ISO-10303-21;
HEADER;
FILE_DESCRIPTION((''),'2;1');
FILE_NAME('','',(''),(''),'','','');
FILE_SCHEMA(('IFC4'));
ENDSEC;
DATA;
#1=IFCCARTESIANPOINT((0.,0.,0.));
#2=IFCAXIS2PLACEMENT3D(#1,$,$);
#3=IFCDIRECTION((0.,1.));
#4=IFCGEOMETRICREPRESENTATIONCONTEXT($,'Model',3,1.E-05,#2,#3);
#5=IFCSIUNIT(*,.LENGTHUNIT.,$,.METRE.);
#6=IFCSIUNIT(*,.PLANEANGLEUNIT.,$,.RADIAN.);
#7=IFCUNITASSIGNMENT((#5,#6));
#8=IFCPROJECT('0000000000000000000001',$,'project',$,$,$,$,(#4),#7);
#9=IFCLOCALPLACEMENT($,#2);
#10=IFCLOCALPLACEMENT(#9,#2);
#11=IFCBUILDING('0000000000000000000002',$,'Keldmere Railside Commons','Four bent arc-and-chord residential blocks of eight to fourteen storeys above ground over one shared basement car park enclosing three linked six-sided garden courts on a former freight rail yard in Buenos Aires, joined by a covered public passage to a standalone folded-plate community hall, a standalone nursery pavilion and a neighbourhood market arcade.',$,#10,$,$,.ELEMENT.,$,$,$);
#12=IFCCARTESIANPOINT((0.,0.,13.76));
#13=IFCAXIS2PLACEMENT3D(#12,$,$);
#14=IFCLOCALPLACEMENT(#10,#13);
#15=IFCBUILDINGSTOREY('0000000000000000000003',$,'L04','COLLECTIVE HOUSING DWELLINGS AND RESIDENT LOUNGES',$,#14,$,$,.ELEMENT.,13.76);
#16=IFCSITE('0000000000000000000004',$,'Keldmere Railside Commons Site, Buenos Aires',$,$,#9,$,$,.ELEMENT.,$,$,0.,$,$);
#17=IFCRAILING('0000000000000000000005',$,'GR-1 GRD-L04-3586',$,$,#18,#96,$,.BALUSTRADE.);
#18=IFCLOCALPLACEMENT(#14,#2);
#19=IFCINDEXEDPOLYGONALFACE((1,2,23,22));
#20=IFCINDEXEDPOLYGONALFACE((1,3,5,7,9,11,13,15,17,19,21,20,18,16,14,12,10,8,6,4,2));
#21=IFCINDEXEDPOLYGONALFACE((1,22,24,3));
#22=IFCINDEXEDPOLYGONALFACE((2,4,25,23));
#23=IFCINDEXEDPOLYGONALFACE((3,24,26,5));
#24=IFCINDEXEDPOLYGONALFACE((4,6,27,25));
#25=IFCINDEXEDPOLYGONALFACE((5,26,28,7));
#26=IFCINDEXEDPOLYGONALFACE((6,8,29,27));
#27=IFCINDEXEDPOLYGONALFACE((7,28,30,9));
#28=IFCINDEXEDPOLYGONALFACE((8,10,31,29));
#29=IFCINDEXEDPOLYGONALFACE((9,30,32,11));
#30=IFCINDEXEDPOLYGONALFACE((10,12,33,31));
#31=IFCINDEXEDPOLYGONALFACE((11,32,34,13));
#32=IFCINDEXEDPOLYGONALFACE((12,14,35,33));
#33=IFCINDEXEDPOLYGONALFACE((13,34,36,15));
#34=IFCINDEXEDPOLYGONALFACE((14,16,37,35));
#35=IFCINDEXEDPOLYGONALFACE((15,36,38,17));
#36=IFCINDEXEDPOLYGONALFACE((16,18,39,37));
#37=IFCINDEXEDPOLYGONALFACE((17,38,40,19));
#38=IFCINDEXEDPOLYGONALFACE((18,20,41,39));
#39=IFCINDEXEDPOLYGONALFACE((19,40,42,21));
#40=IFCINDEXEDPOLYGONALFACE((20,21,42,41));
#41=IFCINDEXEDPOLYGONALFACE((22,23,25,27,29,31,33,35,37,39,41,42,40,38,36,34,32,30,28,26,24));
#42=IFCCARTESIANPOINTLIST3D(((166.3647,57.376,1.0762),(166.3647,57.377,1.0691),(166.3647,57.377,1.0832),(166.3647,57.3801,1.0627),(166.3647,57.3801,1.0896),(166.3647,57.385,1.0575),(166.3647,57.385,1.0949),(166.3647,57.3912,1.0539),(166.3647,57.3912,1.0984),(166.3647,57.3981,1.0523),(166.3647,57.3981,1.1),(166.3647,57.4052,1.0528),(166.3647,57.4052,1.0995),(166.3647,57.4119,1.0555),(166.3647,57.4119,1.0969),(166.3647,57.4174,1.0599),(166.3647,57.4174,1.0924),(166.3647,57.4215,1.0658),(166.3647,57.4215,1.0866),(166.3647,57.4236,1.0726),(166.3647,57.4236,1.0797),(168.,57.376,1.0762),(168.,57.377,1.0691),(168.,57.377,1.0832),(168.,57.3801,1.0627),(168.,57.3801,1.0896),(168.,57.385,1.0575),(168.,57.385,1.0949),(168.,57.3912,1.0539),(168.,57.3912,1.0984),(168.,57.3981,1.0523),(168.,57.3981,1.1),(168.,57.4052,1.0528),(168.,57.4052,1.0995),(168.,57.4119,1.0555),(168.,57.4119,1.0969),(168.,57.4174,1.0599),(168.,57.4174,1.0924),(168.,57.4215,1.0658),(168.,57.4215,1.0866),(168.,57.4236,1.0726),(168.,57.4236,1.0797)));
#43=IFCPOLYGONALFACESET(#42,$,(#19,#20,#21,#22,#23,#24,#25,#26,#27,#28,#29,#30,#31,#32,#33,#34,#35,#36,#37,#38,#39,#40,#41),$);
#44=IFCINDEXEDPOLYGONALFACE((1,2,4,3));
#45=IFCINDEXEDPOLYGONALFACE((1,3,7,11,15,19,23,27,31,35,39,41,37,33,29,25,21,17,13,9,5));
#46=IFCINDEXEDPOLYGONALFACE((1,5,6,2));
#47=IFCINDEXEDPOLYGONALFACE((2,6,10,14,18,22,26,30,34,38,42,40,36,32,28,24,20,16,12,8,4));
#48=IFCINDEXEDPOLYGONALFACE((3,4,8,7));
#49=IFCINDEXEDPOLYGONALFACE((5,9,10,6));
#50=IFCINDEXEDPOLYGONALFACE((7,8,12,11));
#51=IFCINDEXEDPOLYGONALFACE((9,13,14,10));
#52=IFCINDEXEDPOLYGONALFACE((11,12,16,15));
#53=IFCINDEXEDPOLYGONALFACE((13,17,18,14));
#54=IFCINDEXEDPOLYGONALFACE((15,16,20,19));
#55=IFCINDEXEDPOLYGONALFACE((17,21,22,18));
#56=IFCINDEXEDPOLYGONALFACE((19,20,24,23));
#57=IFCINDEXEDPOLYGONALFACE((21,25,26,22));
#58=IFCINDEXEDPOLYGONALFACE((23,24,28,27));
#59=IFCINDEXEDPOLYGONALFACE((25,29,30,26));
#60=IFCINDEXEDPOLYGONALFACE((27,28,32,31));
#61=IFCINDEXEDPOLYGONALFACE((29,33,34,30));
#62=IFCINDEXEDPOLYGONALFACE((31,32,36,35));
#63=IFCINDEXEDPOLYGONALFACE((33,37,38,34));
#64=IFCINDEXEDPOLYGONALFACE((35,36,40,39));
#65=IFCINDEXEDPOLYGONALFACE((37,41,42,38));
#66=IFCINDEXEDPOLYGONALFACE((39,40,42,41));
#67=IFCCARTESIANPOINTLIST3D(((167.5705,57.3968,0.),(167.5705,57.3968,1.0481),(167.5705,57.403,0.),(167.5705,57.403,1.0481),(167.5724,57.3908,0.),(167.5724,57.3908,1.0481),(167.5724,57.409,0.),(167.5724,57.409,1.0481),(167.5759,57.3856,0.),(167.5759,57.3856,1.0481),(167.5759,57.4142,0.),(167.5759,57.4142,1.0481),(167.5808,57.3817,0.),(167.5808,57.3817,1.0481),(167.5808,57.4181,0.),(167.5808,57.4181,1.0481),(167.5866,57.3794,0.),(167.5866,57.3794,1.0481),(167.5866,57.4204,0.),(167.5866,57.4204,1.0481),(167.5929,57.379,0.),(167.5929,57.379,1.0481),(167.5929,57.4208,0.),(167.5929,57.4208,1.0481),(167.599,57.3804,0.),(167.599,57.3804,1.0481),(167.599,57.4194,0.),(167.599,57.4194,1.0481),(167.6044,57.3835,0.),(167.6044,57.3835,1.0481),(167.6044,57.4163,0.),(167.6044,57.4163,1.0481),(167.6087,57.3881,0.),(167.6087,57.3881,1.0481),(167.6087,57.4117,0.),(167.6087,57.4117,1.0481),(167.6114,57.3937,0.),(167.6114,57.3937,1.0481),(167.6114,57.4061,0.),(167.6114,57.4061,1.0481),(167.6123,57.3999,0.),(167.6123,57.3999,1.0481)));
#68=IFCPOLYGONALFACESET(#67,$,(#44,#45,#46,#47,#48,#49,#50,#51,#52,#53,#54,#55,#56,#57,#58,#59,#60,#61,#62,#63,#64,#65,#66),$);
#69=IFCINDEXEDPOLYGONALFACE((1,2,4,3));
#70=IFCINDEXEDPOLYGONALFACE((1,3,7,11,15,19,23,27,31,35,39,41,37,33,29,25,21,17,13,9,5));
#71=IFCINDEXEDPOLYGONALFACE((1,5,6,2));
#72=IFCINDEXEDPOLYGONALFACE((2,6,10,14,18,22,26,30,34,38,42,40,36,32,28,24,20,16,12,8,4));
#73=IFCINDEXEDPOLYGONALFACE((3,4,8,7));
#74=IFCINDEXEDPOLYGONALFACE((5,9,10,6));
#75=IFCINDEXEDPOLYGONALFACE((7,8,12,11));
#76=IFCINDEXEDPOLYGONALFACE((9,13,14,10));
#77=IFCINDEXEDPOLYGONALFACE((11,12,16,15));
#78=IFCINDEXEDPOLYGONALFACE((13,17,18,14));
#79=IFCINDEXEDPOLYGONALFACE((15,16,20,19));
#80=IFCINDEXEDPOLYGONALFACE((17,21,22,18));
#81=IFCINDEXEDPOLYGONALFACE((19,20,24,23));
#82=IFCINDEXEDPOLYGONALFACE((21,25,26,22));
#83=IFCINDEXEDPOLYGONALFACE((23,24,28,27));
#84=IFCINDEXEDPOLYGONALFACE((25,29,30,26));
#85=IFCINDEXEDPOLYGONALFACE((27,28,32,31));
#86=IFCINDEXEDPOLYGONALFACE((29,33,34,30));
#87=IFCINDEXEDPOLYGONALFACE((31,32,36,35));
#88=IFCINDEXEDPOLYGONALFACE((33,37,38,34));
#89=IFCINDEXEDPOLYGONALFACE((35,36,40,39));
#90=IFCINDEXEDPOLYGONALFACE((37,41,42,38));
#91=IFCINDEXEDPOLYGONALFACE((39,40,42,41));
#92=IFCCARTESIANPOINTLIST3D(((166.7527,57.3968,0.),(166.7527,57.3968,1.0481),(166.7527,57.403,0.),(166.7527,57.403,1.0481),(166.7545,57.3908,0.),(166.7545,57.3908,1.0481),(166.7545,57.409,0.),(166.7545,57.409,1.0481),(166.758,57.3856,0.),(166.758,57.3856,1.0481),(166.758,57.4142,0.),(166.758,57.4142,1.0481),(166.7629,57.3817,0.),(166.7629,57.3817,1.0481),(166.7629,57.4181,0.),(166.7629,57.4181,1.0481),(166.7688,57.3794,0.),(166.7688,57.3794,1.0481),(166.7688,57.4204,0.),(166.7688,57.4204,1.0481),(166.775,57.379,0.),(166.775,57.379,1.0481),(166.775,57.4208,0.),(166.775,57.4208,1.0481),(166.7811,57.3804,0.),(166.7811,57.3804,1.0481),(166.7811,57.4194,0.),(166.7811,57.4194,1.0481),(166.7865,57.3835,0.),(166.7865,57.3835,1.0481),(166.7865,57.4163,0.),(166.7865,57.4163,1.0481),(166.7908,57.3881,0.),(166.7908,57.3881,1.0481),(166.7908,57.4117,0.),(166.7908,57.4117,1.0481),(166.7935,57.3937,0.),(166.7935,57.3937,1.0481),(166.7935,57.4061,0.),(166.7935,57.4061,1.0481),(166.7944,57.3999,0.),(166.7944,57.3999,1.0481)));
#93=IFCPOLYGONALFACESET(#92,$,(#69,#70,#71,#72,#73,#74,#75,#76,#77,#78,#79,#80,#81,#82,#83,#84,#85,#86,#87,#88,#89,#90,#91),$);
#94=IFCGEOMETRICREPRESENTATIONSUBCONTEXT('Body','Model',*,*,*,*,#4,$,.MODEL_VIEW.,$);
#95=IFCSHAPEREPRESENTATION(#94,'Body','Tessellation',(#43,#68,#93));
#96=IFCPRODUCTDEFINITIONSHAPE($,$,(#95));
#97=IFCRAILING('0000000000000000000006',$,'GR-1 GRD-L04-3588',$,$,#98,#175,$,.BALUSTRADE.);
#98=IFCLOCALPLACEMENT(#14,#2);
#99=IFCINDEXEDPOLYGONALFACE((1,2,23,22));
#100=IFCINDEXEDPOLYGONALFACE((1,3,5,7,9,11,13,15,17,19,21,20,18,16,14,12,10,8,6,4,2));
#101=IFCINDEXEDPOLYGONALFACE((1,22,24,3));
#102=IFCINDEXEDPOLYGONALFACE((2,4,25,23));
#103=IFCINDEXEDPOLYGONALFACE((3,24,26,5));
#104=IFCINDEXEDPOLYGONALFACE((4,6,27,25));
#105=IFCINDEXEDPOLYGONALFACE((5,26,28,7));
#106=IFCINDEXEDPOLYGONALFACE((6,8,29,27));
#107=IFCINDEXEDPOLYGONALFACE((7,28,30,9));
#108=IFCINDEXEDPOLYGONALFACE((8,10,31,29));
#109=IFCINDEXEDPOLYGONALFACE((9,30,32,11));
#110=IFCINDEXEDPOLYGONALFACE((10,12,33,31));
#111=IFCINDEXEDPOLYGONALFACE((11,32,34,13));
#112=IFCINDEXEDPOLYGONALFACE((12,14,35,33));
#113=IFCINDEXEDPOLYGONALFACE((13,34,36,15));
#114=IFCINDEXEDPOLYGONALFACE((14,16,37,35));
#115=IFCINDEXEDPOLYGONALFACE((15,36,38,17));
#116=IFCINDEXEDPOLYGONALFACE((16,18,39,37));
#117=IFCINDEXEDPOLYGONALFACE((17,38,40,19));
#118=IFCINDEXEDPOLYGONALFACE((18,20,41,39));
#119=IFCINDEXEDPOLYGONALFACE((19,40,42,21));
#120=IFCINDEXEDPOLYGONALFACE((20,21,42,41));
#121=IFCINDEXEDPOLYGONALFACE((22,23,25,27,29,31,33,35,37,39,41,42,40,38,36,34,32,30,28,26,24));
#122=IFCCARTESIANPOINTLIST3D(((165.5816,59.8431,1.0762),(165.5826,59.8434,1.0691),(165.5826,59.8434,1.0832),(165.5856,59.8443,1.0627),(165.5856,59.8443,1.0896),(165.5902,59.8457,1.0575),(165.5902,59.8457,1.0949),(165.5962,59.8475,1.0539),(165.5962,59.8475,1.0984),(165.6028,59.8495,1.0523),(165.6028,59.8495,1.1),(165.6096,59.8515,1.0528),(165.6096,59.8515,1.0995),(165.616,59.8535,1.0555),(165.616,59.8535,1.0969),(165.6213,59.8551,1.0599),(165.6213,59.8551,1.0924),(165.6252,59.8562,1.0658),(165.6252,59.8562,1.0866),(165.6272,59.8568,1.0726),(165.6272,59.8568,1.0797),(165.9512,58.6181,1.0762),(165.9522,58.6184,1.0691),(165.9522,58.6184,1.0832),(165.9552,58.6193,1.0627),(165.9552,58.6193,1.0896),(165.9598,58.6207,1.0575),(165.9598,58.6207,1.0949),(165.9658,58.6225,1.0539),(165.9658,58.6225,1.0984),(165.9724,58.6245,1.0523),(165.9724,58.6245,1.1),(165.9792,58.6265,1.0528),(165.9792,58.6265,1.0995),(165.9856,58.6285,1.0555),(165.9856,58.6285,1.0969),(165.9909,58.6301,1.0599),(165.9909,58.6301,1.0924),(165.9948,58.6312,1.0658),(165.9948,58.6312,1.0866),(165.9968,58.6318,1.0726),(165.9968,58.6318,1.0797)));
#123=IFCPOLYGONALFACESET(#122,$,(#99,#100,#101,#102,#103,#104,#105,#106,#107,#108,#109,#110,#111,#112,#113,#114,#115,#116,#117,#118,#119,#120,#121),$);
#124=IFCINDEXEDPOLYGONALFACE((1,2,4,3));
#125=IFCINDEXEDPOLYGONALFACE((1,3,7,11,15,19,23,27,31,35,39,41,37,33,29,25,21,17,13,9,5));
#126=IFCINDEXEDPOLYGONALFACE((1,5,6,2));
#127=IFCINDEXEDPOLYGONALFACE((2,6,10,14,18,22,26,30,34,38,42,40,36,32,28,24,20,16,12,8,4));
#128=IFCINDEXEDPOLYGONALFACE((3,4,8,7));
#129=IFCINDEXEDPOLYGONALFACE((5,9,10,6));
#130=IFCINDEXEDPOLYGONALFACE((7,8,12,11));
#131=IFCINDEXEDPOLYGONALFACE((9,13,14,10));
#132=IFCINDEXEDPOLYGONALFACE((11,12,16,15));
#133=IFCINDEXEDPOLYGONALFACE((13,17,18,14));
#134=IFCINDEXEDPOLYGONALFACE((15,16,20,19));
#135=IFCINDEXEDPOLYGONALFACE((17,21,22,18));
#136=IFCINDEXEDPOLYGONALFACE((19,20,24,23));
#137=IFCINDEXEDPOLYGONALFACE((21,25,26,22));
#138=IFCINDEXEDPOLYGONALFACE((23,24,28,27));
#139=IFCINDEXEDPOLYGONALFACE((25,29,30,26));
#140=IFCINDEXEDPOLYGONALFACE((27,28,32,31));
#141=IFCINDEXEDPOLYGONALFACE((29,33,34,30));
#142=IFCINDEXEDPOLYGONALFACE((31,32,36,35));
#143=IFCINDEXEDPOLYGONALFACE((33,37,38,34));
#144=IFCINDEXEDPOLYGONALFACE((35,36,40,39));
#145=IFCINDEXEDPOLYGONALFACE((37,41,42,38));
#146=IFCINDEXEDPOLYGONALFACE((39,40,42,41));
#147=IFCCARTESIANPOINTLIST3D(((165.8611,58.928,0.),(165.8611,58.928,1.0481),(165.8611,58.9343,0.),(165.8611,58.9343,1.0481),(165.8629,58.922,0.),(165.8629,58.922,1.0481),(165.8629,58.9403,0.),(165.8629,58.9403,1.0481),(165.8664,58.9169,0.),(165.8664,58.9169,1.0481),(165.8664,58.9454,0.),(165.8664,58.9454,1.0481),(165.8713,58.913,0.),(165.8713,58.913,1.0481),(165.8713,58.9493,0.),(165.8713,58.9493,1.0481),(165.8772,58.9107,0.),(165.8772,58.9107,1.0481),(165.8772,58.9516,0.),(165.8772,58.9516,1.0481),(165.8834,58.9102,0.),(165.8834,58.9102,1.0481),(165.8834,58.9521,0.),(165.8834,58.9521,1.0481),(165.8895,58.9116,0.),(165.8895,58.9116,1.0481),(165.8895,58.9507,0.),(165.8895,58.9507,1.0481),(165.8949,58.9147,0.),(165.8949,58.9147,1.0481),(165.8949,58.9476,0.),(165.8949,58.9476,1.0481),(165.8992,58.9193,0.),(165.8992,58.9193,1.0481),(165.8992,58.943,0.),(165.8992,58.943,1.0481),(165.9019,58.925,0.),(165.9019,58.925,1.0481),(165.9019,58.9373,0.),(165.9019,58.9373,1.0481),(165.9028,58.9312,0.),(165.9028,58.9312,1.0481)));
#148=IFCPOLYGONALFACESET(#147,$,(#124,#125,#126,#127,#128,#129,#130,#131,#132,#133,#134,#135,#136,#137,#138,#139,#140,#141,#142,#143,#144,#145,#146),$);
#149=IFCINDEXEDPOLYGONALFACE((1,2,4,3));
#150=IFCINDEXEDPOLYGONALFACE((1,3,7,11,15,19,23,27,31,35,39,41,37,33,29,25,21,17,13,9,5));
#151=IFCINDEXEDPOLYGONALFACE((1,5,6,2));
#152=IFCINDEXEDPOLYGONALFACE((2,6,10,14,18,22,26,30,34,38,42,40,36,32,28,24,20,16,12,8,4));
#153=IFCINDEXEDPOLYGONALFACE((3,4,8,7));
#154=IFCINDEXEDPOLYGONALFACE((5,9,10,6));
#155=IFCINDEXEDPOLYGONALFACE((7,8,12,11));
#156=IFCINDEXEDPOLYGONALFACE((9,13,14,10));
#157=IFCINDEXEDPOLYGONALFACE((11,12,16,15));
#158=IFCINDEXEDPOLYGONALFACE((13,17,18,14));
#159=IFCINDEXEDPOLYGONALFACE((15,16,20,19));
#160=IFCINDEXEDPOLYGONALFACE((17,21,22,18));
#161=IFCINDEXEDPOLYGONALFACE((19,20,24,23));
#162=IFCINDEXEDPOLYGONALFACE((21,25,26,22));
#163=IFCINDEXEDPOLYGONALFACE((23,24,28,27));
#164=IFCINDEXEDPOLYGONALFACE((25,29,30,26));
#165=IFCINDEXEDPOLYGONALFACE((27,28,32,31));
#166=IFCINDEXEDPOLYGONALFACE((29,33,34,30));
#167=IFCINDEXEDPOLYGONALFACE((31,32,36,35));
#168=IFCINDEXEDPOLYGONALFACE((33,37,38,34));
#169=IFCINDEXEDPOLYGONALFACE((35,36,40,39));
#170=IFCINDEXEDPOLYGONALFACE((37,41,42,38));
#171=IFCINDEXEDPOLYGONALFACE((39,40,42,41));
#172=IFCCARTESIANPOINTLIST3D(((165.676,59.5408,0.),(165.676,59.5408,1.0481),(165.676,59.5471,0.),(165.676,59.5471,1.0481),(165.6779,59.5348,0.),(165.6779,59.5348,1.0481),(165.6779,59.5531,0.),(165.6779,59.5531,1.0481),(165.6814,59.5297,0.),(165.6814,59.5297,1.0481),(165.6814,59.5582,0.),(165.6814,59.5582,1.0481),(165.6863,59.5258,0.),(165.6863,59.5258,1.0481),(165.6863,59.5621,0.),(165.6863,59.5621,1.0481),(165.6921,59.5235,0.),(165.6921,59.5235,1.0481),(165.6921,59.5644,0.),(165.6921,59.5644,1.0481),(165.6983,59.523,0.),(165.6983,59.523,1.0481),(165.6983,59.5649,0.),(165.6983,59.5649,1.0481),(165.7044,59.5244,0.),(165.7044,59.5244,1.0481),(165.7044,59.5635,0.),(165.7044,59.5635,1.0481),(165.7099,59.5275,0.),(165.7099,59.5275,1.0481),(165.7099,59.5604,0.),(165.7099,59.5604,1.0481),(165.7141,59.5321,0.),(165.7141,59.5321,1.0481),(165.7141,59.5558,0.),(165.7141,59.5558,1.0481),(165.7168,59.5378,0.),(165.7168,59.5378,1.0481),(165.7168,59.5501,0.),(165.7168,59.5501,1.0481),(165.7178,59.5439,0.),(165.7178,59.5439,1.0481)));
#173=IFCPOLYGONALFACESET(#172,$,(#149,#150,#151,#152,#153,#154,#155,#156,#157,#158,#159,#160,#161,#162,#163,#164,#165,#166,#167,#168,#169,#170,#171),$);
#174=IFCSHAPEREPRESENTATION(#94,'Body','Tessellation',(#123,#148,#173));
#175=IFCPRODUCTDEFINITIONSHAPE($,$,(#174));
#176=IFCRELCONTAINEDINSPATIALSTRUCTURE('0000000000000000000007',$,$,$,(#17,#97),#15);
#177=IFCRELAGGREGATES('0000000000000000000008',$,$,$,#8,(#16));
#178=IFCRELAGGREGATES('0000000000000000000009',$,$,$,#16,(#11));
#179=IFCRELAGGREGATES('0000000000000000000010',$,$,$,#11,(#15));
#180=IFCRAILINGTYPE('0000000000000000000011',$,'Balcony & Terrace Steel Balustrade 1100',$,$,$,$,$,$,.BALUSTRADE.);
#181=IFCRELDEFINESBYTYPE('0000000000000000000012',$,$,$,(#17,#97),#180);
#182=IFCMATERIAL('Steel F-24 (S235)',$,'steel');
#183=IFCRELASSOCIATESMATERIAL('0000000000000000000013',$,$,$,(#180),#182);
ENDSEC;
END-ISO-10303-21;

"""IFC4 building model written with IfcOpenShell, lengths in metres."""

from ifc_helpers import new_model, si_unit, direction, frame, origin, origin_2d, place, context, subcontext, project, spatial, circle, extrude, material, type_object, element, save


model = new_model("IFC4")

# Units and contexts
model_context = context("Model", 3, precision=1e-05, world=origin(), true_north=direction((0.0, 1.0)))
body_context = subcontext(model_context, "Body", "Model", "MODEL_VIEW")
ifc_project = project(units=[si_unit("LENGTHUNIT", "METRE"), si_unit("PLANEANGLEUNIT", "RADIAN")], contexts=[model_context])

# Site, building, storey
site_placement = place(None, origin())
site = spatial("IfcSite", under=ifc_project, at=site_placement, Name="Keldmere Railside Commons Site, Buenos Aires", CompositionType="ELEMENT", RefElevation=0.0)
building_placement = place(site_placement, origin())
building = spatial("IfcBuilding", under=site, at=building_placement, Name="Keldmere Railside Commons", Description="Four bent arc-and-chord residential blocks of eight to fourteen storeys above ground over one shared basement car park enclosing three linked six-sided garden courts on a former freight rail yard in Buenos Aires, joined by a covered public passage to a standalone folded-plate community hall, a standalone nursery pavilion and a neighbourhood market arcade.", CompositionType="ELEMENT")
storey_placement = place(building_placement, frame((0.0, 0.0, 13.76)))
storey = spatial("IfcBuildingStorey", under=building, at=storey_placement, Name="L04", Description="COLLECTIVE HOUSING DWELLINGS AND RESIDENT LOUNGES", CompositionType="ELEMENT", Elevation=13.76)

# Railings
ifc_material_1 = material(Name="Steel F-24 (S235)", Category="steel")
railing_type = type_object("IfcRailingType", Name="Balcony & Terrace Steel Balustrade 1100", PredefinedType="BALUSTRADE", material=ifc_material_1)
railing_1_placement = place(storey_placement, frame((168.0, 57.3999, 0.0)))
element("IfcRailing", 1, at=railing_1_placement, inside=storey, type_object=railing_type, Name="GR-1 GRD-L04-3586", PredefinedType="BALUSTRADE", context=body_context, shape_type="SweptSolid", body=[
    extrude(circle(Radius=0.0239, at=origin_2d()), frame((0.0, 0.0, 1.0762), z_axis=(-1.0, 0.0, 0.0), x_axis=(0.0, -1.0, 0.0)), (0.0, 0.0, 1.0), 1.6353),
    extrude(circle(Radius=0.021, at=origin_2d()), frame((-0.4087, 0.0, 0.0)), (0.0, 0.0, 1.0), 1.0481),
    extrude(circle(Radius=0.021, at=origin_2d()), frame((-1.2266, 0.0, 0.0)), (0.0, 0.0, 1.0), 1.0481),
])
railing_2_placement = place(storey_placement, frame((165.9741, 58.625, 0.0)))
element("IfcRailing", 2, at=railing_2_placement, inside=storey, type_object=railing_type, Name="GR-1 GRD-L04-3588", PredefinedType="BALUSTRADE", context=body_context, shape_type="SweptSolid", body=[
    extrude(circle(Radius=0.0239, at=origin_2d()), frame((0.0, 0.0, 1.0762), z_axis=(-0.288853, 0.957374, 0.0), x_axis=(-0.957374, -0.288853, 0.0)), (0.0, 0.0, 1.0), 1.2795),
    extrude(circle(Radius=0.021, at=origin_2d()), frame((-0.0923, 0.3062, 0.0)), (0.0, 0.0, 1.0), 1.0481),
    extrude(circle(Radius=0.021, at=origin_2d()), frame((-0.2773, 0.9189, 0.0)), (0.0, 0.0, 1.0), 1.0481),
])

save(model, "model.ifc")
